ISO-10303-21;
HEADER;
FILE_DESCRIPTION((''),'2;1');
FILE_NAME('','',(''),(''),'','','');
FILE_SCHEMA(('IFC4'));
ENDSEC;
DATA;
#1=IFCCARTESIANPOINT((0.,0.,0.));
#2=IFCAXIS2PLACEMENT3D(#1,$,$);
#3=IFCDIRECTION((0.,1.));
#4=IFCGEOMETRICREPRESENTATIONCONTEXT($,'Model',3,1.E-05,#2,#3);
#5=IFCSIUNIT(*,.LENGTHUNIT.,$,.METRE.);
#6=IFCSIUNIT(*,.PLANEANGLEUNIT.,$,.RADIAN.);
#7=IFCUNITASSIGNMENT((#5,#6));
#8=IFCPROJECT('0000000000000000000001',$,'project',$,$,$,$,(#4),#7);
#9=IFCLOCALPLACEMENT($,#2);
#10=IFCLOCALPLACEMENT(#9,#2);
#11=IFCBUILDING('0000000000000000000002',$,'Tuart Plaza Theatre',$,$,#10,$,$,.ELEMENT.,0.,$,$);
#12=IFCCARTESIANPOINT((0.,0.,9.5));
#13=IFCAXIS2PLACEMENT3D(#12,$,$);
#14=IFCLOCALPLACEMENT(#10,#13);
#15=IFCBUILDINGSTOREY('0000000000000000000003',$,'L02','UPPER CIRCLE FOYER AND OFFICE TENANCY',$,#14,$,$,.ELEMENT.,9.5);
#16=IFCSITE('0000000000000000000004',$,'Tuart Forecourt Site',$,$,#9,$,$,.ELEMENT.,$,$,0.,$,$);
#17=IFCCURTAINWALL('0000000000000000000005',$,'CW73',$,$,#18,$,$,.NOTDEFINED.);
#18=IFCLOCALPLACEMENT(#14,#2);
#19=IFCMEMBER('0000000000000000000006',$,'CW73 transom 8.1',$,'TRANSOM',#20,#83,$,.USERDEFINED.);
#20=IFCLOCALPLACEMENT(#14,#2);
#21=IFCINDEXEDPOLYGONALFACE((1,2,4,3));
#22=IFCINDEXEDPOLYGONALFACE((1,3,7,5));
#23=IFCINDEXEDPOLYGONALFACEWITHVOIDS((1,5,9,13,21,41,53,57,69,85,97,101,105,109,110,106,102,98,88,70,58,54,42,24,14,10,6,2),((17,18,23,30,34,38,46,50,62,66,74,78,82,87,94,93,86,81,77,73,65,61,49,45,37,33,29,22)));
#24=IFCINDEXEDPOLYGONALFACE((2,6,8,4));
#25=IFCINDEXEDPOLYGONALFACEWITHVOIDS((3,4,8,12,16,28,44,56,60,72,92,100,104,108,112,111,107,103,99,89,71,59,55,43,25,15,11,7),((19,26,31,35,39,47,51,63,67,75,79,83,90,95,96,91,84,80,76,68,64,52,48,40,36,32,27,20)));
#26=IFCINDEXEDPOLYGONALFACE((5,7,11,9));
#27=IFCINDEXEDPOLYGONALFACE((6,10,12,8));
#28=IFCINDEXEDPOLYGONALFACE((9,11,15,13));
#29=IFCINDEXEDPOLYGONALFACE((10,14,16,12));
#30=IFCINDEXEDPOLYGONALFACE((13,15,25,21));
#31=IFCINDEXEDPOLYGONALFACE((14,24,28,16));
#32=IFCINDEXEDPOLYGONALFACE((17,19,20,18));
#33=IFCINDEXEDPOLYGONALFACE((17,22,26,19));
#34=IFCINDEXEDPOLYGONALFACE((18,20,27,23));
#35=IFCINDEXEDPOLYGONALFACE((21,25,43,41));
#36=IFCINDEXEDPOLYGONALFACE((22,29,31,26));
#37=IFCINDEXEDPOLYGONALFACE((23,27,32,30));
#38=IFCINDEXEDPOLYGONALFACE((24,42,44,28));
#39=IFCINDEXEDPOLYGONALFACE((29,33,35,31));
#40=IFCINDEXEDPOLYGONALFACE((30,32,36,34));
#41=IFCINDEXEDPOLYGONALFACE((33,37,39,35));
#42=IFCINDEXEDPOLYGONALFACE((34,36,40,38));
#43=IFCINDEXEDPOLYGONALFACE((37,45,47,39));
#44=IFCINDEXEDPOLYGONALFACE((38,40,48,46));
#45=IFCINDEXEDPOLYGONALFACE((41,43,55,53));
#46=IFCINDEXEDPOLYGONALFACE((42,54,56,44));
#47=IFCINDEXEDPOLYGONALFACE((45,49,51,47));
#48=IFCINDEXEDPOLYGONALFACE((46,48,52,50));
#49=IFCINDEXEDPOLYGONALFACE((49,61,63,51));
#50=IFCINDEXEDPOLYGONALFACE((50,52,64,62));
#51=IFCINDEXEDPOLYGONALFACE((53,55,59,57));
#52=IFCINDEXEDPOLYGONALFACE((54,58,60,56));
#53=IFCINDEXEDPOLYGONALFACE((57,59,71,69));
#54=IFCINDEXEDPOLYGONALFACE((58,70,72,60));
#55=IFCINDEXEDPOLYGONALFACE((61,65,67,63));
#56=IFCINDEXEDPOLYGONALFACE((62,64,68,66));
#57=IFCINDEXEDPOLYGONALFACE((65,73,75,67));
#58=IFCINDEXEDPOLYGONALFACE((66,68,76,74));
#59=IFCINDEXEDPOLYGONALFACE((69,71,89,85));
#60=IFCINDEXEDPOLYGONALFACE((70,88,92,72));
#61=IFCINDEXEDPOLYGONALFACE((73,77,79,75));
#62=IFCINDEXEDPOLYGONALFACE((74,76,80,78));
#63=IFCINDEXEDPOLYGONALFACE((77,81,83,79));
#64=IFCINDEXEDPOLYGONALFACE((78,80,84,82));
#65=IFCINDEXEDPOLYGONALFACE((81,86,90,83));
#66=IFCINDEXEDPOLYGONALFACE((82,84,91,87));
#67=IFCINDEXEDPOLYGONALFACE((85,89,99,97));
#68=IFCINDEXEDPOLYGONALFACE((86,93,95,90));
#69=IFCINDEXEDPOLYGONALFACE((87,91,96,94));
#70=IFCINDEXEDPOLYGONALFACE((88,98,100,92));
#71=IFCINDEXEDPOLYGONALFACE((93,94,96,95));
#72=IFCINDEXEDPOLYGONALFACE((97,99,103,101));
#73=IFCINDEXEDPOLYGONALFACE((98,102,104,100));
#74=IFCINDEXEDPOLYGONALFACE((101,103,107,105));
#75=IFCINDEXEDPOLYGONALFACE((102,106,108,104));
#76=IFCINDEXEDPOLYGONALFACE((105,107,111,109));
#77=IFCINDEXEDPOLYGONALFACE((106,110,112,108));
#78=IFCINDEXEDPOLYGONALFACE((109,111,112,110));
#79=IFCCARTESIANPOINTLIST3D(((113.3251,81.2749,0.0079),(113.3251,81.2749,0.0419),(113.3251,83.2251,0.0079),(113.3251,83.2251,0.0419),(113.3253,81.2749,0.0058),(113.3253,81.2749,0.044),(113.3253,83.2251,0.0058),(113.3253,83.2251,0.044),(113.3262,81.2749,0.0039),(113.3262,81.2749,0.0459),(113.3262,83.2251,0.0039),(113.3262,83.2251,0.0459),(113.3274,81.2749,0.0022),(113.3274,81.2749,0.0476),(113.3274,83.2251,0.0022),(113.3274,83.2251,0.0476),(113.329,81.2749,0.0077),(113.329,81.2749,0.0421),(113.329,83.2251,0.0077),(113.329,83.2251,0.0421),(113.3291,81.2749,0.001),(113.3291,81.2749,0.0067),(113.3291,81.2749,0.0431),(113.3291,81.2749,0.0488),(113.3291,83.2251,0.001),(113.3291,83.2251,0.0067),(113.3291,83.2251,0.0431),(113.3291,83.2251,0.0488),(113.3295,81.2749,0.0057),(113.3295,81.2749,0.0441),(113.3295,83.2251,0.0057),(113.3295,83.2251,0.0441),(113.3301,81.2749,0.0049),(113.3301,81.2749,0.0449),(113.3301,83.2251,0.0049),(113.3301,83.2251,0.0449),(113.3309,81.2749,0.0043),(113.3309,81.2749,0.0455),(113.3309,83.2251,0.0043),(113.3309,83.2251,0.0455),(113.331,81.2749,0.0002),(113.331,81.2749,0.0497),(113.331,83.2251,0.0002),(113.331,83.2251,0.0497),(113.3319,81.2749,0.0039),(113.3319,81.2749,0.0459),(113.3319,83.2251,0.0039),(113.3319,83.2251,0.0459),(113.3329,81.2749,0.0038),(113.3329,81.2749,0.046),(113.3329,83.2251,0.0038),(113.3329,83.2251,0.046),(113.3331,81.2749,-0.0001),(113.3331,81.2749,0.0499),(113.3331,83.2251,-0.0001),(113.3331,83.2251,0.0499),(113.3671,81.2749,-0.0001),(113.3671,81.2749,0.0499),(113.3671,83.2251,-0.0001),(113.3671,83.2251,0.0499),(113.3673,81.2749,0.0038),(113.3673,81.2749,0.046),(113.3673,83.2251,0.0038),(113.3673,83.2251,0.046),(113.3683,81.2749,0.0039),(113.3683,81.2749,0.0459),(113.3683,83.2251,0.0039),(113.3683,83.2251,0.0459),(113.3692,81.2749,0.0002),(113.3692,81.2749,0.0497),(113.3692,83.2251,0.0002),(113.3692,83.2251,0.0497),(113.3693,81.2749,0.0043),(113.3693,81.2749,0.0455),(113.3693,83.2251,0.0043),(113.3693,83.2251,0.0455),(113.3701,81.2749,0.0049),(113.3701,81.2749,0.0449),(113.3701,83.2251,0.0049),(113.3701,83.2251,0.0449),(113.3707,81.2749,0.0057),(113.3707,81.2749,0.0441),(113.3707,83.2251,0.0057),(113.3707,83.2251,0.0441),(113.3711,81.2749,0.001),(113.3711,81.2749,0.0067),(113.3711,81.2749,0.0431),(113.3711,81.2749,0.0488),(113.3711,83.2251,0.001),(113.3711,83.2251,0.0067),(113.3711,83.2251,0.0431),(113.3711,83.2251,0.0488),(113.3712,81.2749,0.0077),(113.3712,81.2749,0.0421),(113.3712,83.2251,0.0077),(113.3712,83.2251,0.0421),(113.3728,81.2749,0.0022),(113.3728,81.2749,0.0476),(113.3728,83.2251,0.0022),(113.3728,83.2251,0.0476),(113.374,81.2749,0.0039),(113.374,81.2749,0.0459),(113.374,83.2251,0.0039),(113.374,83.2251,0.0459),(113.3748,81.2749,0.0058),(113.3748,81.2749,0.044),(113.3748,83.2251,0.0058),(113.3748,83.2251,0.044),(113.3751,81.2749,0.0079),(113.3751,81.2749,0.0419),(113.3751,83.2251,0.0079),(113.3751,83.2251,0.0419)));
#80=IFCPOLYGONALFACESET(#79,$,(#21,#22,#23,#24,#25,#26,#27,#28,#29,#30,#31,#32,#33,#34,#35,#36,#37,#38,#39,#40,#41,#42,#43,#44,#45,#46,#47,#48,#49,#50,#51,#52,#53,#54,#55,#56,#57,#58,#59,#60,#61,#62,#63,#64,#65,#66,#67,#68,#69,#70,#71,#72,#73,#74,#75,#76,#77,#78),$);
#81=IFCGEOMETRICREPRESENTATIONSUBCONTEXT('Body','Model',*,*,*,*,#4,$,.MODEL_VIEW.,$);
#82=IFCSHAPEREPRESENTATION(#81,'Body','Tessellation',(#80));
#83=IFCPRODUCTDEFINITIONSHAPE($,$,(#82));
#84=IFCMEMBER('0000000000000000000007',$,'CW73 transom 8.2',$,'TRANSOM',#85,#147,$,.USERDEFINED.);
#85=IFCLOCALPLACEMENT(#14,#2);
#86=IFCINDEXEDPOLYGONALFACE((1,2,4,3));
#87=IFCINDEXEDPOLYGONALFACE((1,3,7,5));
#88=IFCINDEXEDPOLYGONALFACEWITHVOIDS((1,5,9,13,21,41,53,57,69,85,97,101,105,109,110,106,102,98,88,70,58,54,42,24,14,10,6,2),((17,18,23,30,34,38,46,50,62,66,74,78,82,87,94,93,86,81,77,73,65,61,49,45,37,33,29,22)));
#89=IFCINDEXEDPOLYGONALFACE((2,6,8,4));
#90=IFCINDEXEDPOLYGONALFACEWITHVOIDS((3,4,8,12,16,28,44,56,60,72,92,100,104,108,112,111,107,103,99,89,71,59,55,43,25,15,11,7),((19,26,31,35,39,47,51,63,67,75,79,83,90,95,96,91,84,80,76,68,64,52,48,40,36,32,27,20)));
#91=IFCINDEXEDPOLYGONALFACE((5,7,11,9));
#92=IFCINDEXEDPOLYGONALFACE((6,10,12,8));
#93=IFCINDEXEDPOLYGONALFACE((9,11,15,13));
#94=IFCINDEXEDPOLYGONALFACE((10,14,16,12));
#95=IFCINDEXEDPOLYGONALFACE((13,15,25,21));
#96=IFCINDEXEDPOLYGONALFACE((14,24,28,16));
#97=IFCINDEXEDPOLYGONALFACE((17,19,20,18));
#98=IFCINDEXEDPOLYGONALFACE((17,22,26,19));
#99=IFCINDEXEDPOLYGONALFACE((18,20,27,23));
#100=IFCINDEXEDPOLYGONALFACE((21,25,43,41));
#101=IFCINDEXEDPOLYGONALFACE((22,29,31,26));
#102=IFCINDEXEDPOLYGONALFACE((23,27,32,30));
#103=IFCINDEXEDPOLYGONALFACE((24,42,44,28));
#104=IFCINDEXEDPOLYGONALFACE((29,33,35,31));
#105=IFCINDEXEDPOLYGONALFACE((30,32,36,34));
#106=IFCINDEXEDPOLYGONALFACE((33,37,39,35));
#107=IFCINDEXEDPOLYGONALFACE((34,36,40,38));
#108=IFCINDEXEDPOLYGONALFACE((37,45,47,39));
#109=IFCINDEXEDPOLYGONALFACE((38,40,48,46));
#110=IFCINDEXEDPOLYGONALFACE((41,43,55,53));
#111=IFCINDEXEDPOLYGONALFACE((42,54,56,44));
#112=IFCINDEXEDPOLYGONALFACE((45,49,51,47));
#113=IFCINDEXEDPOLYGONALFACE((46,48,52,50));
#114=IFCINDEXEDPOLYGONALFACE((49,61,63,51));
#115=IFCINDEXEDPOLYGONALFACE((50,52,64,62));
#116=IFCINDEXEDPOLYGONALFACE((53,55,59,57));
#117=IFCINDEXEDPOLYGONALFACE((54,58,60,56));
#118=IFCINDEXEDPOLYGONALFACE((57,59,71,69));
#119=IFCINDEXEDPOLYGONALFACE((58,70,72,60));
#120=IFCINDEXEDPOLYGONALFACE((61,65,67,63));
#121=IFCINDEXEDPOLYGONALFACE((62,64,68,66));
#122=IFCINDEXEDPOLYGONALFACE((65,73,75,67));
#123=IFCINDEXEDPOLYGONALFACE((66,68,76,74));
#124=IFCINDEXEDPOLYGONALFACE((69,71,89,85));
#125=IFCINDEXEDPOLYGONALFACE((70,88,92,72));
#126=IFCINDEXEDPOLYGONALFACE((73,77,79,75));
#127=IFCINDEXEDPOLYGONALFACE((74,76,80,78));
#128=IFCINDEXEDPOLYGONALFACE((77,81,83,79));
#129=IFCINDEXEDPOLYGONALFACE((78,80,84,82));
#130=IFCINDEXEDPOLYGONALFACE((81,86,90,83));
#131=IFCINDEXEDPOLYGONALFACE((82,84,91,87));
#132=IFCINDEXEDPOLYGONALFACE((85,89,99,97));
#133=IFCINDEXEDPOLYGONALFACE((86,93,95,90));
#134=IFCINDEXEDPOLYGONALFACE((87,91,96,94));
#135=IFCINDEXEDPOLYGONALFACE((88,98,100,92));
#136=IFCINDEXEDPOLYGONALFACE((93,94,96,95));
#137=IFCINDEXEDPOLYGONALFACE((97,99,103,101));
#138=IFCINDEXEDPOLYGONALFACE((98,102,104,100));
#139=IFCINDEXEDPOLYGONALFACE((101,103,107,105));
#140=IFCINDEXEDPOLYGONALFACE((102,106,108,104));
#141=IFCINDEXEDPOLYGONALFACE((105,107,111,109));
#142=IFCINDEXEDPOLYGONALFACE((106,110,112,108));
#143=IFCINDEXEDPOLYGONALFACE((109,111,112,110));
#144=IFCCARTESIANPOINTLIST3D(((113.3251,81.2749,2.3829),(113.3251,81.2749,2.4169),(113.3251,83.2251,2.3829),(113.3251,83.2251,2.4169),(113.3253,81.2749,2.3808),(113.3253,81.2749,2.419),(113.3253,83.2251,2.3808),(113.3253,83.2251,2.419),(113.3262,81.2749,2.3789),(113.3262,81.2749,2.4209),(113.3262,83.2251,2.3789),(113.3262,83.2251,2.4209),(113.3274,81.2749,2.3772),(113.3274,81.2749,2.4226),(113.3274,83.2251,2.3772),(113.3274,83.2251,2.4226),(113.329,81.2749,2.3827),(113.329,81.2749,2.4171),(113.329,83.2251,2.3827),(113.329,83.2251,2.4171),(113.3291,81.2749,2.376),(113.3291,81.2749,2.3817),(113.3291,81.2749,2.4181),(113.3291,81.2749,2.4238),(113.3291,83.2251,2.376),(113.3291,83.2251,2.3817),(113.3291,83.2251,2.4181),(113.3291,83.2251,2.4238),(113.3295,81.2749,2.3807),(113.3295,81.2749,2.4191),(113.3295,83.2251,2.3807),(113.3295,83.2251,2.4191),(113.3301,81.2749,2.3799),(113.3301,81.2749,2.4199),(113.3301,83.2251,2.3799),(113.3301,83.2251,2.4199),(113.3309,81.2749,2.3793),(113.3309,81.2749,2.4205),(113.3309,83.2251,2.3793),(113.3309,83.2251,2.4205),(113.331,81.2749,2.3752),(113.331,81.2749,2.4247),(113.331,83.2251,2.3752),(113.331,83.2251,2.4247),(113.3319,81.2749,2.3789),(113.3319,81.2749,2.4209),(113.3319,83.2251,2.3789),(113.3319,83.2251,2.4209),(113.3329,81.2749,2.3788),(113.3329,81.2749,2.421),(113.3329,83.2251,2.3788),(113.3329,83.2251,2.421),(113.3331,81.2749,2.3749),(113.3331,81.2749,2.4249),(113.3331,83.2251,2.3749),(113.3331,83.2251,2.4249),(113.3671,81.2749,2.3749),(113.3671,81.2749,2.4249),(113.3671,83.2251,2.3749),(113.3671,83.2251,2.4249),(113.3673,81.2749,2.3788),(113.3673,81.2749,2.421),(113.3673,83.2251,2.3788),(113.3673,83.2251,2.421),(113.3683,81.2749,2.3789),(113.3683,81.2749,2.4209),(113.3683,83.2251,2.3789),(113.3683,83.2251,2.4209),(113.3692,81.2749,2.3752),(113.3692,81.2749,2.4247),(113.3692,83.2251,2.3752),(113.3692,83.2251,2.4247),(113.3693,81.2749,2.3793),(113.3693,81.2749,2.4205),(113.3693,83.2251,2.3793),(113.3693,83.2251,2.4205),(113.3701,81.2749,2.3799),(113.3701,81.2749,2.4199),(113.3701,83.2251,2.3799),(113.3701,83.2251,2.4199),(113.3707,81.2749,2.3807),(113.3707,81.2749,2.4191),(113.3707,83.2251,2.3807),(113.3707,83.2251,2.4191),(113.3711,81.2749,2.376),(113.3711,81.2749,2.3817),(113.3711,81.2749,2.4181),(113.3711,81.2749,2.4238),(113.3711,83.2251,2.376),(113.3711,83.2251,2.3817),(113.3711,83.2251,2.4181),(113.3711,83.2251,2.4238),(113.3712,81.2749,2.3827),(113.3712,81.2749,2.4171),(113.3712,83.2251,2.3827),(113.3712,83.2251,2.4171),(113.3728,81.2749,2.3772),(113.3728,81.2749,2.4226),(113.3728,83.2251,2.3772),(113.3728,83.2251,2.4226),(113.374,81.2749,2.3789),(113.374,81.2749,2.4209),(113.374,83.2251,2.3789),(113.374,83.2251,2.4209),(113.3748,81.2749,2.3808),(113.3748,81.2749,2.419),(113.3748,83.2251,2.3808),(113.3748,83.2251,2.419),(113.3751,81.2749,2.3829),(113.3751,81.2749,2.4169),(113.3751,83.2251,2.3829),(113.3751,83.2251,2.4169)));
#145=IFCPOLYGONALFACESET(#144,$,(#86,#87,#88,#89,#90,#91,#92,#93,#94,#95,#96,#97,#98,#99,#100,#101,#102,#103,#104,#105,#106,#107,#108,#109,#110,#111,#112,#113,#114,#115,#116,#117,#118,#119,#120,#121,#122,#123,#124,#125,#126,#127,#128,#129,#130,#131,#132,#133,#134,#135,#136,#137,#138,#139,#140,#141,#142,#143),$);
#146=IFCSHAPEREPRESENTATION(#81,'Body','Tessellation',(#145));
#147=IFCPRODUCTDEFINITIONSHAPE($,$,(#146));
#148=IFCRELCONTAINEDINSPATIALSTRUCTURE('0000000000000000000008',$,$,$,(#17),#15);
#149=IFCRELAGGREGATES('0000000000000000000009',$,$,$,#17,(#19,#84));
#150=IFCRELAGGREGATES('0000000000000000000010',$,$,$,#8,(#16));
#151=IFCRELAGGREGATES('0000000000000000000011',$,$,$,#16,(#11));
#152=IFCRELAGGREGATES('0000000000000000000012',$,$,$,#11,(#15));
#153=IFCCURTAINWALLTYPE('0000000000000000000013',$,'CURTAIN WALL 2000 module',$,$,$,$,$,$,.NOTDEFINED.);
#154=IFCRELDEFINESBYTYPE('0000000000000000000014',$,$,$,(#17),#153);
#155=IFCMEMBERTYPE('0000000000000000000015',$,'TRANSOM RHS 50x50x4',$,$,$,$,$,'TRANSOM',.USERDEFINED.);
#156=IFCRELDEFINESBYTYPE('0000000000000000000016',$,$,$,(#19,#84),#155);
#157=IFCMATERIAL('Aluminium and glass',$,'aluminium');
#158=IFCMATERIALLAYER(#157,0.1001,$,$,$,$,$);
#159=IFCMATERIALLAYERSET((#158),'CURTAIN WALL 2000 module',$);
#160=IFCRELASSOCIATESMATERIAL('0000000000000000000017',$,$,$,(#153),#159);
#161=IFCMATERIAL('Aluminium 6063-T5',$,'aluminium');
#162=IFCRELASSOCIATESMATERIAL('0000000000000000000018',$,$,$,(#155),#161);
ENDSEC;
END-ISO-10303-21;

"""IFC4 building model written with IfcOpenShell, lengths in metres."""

from ifc_helpers import new_model, si_unit, direction, frame, origin, origin_2d, place, context, subcontext, project, spatial, hollow_rectangle, extrude, material, layer, layer_set, material_profile, profile_set, type_object, element, aggregate, save


model = new_model("IFC4")

# Units and contexts
model_context = context("Model", 3, precision=1e-05, world=origin(), true_north=direction((0.0, 1.0)))
body_context = subcontext(model_context, "Body", "Model", "MODEL_VIEW")
ifc_project = project(units=[si_unit("LENGTHUNIT", "METRE"), si_unit("PLANEANGLEUNIT", "RADIAN")], contexts=[model_context])

# Site, building, storey
site_placement = place(None, origin())
site = spatial("IfcSite", under=ifc_project, at=site_placement, Name="Tuart Forecourt Site", CompositionType="ELEMENT", RefElevation=0.0)
building_placement = place(site_placement, origin())
building = spatial("IfcBuilding", under=site, at=building_placement, Name="Tuart Plaza Theatre", CompositionType="ELEMENT", ElevationOfRefHeight=0.0)
storey_placement = place(building_placement, frame((0.0, 0.0, 9.5)))
storey = spatial("IfcBuildingStorey", under=building, at=storey_placement, Name="L02", Description="UPPER CIRCLE FOYER AND OFFICE TENANCY", CompositionType="ELEMENT", Elevation=9.5)

# Curtain wall, members
ifc_material_1 = material(Name="Aluminium and glass", Category="aluminium")
ifc_layer_1 = layer(ifc_material_1, 0.1001)
ifc_layer_set_1 = layer_set([ifc_layer_1], Name="CURTAIN WALL 2000 module")
curtain_wall_type = type_object("IfcCurtainWallType", Name="CURTAIN WALL 2000 module", PredefinedType="NOTDEFINED", material=ifc_layer_set_1)
curtain_wall_placement = place(storey_placement, origin())
curtain_wall = element("IfcCurtainWall", 1, at=curtain_wall_placement, inside=storey, type_object=curtain_wall_type, Name="CW73", PredefinedType="NOTDEFINED")
ifc_material_2 = material(Name="Aluminium 6063-T5", Category="aluminium")
ifc_material_profile_1 = material_profile(ifc_material_2, hollow_rectangle(XDim=0.05, YDim=0.05, WallThickness=0.0039, InnerFilletRadius=0.0039, OuterFilletRadius=0.0081, at=origin_2d()), Name="RHS 50x50x4")
ifc_profile_set_1 = profile_set([ifc_material_profile_1], Name="Aluminium 6063-T5")
member_type_1 = type_object("IfcMemberType", Name="TRANSOM RHS 50x50x4", ElementType="TRANSOM", PredefinedType="USERDEFINED", material=ifc_profile_set_1)
member_1_placement = place(storey_placement, frame((113.3501, 83.2251, 0.0249), z_axis=(0.0, -1.0, 0.0), x_axis=(1.0, 0.0, 0.0)))
member_1 = element("IfcMember", 2, at=member_1_placement, type_object=member_type_1, Name="CW73 transom 8.1", ObjectType="TRANSOM", PredefinedType="USERDEFINED", context=body_context, shape_type="SweptSolid", body=[
    extrude(hollow_rectangle(XDim=0.05, YDim=0.05, WallThickness=0.0039, InnerFilletRadius=0.0039, OuterFilletRadius=0.0081, at=origin_2d()), origin(), (0.0, 0.0, 1.0), 1.9502),
])
member_2_placement = place(storey_placement, frame((113.3501, 83.2251, 2.3999), z_axis=(0.0, -1.0, 0.0), x_axis=(1.0, 0.0, 0.0)))
member_2 = element("IfcMember", 3, at=member_2_placement, type_object=member_type_1, Name="CW73 transom 8.2", ObjectType="TRANSOM", PredefinedType="USERDEFINED", context=body_context, shape_type="SweptSolid", body=[
    extrude(hollow_rectangle(XDim=0.05, YDim=0.05, WallThickness=0.0039, InnerFilletRadius=0.0039, OuterFilletRadius=0.0081, at=origin_2d()), origin(), (0.0, 0.0, 1.0), 1.9502),
])
aggregate(curtain_wall, [member_1, member_2])

save(model, "model.ifc")
